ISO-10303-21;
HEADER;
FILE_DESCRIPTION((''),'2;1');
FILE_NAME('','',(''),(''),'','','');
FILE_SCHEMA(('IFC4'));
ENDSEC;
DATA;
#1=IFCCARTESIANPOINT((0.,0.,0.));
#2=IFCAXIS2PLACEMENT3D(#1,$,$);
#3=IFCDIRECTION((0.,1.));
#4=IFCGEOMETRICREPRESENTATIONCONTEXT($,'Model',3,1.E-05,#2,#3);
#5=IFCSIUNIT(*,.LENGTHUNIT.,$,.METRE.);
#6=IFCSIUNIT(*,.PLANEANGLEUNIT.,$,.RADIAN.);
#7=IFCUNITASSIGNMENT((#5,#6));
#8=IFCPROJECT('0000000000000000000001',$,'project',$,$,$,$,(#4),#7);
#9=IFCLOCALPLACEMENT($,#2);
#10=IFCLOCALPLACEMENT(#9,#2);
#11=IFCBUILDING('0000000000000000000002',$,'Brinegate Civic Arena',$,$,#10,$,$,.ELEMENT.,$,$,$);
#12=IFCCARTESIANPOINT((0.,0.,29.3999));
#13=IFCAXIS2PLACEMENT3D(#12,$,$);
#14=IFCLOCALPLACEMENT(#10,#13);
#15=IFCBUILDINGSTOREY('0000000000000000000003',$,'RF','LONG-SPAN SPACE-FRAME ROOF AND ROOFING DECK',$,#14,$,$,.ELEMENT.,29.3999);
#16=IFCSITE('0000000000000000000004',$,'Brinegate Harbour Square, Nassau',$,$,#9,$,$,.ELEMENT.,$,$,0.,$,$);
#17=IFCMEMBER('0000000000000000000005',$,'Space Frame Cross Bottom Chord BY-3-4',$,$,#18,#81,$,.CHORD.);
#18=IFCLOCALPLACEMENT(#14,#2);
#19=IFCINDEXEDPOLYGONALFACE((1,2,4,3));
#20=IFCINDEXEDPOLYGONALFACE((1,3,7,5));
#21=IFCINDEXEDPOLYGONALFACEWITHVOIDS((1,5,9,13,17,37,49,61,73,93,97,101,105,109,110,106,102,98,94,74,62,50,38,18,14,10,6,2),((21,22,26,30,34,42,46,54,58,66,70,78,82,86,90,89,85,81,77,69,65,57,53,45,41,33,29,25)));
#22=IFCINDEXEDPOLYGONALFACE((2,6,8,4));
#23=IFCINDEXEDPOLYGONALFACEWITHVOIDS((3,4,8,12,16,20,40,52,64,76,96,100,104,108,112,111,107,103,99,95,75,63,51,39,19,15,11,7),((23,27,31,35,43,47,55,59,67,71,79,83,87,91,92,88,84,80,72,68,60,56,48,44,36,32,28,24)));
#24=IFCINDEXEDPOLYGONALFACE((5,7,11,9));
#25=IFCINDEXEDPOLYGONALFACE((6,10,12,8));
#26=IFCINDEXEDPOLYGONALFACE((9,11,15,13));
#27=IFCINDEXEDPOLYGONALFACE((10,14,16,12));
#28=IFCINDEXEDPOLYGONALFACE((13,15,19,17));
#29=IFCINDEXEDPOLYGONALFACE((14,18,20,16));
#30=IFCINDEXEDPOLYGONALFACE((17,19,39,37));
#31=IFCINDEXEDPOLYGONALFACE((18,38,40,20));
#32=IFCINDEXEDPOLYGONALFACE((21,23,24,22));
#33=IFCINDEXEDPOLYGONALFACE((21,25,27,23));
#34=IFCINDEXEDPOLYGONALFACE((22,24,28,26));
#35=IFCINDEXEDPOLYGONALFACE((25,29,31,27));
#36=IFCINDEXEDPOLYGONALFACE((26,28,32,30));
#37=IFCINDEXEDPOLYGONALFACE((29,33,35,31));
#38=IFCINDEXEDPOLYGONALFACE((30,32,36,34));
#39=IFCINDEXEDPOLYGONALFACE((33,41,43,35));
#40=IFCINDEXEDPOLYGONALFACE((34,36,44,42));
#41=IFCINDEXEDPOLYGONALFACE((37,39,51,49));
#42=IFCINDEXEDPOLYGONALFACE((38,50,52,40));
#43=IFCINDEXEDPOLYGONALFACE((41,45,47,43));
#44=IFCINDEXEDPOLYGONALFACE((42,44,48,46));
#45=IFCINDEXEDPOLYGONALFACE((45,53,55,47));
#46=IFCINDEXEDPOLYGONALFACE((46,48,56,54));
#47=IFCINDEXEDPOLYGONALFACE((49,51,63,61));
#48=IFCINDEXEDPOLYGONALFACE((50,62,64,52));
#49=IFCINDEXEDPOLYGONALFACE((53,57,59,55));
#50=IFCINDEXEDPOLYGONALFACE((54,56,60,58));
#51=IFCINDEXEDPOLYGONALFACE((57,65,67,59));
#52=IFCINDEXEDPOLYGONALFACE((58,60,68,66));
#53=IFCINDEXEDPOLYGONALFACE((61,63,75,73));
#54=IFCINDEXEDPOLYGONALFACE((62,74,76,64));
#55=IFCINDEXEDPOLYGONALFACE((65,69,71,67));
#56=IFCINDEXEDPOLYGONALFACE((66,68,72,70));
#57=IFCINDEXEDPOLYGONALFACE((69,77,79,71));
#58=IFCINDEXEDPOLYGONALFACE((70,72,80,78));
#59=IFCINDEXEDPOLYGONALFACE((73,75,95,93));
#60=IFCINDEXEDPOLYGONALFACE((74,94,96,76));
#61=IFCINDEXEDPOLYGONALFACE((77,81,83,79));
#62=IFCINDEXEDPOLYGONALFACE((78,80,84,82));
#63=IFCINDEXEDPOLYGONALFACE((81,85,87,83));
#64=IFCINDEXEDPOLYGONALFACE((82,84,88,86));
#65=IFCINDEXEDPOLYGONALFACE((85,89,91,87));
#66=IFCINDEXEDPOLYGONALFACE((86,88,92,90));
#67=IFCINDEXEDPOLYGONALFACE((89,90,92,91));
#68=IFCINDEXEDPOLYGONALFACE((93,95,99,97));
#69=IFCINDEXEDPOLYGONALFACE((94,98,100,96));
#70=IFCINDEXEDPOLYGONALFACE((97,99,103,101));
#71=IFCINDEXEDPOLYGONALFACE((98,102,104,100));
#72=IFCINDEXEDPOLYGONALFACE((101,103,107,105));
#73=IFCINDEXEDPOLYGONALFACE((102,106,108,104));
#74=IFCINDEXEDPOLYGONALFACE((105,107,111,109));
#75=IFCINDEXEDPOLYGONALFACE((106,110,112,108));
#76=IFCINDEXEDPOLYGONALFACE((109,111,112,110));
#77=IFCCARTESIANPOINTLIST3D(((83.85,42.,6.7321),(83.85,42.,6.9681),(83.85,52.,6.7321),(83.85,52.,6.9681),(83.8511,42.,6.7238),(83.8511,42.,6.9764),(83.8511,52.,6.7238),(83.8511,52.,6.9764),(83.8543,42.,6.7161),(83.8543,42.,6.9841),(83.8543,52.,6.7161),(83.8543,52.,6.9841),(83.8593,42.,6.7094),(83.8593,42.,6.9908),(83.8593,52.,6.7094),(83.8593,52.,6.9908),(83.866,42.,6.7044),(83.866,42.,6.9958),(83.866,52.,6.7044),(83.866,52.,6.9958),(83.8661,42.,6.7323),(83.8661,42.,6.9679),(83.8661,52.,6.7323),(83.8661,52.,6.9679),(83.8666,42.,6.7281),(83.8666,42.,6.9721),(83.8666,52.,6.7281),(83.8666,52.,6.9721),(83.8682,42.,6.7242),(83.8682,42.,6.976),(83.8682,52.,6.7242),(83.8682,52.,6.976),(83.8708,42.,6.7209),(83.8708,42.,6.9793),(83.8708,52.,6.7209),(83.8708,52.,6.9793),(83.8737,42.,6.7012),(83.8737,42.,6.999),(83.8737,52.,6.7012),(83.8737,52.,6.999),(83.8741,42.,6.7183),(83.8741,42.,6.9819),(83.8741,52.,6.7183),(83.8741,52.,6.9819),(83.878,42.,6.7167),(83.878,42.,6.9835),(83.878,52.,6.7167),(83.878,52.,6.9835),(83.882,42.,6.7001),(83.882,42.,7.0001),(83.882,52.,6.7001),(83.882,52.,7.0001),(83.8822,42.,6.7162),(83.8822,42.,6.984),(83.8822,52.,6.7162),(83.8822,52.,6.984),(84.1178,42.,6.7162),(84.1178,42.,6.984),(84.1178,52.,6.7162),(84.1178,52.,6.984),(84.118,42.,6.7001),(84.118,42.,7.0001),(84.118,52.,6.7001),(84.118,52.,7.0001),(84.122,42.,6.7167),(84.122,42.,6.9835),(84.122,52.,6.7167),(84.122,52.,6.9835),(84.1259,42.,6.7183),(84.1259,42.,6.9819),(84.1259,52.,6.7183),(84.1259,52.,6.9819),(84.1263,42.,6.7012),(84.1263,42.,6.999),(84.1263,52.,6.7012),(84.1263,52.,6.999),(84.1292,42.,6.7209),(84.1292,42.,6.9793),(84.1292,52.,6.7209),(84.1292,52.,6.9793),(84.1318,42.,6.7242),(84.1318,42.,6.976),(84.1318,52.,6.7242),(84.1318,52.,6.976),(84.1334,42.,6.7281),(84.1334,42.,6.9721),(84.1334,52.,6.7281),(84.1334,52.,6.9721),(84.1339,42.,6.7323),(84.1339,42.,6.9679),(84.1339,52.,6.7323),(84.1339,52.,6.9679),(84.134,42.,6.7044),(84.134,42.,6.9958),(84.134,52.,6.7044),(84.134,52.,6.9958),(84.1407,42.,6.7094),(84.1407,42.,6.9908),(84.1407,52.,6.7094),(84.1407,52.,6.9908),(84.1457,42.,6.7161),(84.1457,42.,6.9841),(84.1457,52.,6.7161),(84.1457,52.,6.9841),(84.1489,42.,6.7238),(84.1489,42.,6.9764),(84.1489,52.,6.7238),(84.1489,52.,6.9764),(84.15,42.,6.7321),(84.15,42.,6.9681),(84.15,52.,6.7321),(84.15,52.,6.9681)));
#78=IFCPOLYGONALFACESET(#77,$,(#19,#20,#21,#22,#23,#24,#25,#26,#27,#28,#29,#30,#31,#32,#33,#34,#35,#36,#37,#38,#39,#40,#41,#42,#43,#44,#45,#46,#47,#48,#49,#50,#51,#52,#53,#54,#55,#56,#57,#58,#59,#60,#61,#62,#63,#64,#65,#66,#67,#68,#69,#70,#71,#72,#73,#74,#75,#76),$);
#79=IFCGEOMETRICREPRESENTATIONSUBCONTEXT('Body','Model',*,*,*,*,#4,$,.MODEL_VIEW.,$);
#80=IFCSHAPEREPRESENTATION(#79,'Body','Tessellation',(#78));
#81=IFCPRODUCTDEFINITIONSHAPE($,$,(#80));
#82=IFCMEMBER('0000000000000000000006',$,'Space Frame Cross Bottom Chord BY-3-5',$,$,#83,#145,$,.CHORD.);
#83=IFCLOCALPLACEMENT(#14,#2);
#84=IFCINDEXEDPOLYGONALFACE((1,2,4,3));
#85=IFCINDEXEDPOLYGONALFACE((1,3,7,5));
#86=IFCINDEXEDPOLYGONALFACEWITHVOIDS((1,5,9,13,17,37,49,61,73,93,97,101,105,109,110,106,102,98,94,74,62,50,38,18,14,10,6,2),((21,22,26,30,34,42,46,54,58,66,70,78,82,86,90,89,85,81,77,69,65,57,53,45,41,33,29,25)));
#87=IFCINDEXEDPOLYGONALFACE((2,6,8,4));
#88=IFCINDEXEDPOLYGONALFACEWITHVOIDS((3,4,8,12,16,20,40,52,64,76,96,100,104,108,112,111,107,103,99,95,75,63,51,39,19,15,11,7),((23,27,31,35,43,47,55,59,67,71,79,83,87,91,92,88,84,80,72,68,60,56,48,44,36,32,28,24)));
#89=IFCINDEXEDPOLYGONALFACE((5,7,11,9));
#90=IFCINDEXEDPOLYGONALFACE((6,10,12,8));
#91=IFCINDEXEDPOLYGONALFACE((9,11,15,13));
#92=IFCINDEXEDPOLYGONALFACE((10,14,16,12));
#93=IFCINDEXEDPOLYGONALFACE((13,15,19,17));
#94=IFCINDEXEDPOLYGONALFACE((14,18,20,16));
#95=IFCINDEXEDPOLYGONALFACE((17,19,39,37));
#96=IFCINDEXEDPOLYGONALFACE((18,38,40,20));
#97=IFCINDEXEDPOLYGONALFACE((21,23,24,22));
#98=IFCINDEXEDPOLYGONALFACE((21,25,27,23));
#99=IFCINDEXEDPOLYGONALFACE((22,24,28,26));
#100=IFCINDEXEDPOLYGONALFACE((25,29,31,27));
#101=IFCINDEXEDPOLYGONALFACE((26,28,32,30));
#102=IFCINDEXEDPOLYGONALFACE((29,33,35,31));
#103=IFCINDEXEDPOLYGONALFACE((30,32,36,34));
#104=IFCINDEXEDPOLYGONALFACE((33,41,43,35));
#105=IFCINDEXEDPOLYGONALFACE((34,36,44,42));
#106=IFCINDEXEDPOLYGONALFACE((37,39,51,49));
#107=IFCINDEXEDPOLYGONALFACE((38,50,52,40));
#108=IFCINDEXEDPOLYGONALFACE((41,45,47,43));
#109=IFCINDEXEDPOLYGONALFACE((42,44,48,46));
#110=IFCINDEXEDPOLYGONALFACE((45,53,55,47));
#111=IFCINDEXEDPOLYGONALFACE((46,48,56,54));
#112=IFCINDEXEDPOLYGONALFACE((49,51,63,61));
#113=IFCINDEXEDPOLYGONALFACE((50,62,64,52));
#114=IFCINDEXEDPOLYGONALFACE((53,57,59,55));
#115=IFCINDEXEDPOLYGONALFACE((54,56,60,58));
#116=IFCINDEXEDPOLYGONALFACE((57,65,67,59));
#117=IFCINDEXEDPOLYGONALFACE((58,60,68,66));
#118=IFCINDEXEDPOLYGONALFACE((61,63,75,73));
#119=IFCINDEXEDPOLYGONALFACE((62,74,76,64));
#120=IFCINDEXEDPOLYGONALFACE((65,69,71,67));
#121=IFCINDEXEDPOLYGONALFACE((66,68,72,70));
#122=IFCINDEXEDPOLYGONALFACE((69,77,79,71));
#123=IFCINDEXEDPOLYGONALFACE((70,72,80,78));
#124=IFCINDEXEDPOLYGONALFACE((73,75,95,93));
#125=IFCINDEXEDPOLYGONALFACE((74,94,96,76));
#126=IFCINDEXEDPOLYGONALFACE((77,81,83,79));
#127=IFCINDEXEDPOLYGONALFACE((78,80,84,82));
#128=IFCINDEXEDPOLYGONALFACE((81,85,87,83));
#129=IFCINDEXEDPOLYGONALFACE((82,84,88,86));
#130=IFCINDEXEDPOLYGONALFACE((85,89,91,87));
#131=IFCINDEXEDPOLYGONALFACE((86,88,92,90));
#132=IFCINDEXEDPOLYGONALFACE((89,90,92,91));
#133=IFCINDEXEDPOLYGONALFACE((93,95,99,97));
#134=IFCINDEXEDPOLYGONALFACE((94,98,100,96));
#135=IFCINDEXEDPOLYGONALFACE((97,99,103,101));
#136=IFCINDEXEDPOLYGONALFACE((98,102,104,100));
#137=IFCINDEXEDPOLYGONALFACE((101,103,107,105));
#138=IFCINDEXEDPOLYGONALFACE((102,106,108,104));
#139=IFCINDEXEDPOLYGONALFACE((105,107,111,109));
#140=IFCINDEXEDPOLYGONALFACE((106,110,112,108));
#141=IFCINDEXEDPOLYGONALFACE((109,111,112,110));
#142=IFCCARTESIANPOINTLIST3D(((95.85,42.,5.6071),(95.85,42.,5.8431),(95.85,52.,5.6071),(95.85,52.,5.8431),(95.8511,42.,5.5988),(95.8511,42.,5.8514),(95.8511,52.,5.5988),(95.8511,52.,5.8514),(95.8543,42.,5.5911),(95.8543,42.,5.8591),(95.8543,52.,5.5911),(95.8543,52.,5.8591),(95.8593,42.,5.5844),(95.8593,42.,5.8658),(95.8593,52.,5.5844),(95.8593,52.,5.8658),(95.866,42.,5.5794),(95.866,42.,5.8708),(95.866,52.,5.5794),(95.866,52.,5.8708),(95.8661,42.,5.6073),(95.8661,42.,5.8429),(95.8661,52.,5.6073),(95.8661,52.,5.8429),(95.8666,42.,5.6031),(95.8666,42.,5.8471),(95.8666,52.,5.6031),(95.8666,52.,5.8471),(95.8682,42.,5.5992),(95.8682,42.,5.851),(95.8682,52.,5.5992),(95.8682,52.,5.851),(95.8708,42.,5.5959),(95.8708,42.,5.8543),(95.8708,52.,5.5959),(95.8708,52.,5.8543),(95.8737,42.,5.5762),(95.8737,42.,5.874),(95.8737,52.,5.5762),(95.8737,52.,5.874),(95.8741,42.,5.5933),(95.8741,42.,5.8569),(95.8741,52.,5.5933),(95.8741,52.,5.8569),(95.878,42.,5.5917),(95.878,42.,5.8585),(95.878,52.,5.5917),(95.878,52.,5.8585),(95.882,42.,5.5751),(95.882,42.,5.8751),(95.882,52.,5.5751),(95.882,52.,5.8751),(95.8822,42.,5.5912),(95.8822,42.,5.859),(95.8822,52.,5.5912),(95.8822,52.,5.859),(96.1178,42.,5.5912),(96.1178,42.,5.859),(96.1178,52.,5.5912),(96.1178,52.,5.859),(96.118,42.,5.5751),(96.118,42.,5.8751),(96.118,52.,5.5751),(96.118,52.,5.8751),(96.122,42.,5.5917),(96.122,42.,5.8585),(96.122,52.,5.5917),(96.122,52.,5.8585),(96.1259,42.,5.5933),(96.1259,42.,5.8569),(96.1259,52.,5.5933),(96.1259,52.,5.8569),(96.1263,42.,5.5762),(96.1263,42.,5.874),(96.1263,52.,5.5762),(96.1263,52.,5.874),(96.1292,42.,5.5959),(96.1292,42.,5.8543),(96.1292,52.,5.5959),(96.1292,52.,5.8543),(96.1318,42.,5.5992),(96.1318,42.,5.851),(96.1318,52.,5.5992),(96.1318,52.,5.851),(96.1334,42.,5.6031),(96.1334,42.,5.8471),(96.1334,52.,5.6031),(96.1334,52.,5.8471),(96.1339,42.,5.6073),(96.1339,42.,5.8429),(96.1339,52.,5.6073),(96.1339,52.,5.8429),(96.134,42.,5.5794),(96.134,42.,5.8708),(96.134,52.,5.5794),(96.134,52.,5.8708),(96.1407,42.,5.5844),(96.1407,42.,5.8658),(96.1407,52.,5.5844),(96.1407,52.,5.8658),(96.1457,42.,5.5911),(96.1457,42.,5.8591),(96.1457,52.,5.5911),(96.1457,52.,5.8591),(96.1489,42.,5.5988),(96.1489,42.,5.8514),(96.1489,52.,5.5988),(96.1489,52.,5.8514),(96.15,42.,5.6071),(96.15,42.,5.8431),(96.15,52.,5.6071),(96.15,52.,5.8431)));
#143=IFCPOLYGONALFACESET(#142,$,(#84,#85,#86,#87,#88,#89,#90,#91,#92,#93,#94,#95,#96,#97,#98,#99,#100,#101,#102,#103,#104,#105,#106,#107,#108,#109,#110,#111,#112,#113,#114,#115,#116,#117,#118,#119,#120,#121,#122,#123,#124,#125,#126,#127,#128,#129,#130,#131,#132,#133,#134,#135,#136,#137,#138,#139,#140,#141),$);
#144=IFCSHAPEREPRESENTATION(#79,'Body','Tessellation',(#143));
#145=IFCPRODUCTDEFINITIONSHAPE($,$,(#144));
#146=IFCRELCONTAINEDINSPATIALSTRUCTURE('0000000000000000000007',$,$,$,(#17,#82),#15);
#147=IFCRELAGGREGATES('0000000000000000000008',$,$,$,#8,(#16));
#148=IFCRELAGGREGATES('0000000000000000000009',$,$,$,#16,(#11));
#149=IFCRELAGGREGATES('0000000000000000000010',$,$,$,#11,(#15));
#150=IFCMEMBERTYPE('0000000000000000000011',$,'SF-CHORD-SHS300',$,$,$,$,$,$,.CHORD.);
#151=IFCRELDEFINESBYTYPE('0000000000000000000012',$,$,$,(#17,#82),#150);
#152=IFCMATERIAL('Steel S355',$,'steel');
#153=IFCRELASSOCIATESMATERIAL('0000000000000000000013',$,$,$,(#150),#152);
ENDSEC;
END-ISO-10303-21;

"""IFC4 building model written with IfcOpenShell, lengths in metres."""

from ifc_helpers import new_model, si_unit, direction, frame, origin, origin_2d, place, context, subcontext, project, spatial, hollow_rectangle, extrude, material, material_profile, profile_set, type_object, element, save


model = new_model("IFC4")

# Units and contexts
model_context = context("Model", 3, precision=1e-05, world=origin(), true_north=direction((0.0, 1.0)))
body_context = subcontext(model_context, "Body", "Model", "MODEL_VIEW")
ifc_project = project(units=[si_unit("LENGTHUNIT", "METRE"), si_unit("PLANEANGLEUNIT", "RADIAN")], contexts=[model_context])

# Site, building, storey
site_placement = place(None, origin())
site = spatial("IfcSite", under=ifc_project, at=site_placement, Name="Brinegate Harbour Square, Nassau", CompositionType="ELEMENT", RefElevation=0.0)
building_placement = place(site_placement, origin())
building = spatial("IfcBuilding", under=site, at=building_placement, Name="Brinegate Civic Arena", CompositionType="ELEMENT")
storey_placement = place(building_placement, frame((0.0, 0.0, 29.3999)))
storey = spatial("IfcBuildingStorey", under=building, at=storey_placement, Name="RF", Description="LONG-SPAN SPACE-FRAME ROOF AND ROOFING DECK", CompositionType="ELEMENT", Elevation=29.3999)

# Members
ifc_material = material(Name="Steel S355", Category="steel")
ifc_material_profile_1 = material_profile(ifc_material, hollow_rectangle(XDim=0.3, YDim=0.3, WallThickness=0.0161, InnerFilletRadius=0.0161, OuterFilletRadius=0.032, at=origin_2d()), Name="SHS300X16")
ifc_profile_set_1 = profile_set([ifc_material_profile_1], Name="Steel S355")
member_type_1 = type_object("IfcMemberType", Name="SF-CHORD-SHS300", PredefinedType="CHORD", material=ifc_profile_set_1)
for number, where, z_axis, x_axis, name in (
    (1, (84.0, 42.0, 6.8501), (0.0, 1.0, 0.0), (-1.0, 0.0, 0.0), "Space Frame Cross Bottom Chord BY-3-4"),
    (2, (96.0, 42.0, 5.7251), (0.0, 1.0, 0.0), (-1.0, 0.0, 0.0), "Space Frame Cross Bottom Chord BY-3-5"),
):
    element("IfcMember", number, at=place(storey_placement, frame(where, z_axis=z_axis, x_axis=x_axis)), inside=storey, type_object=member_type_1, Name=name, PredefinedType="CHORD", context=body_context, shape_type="SweptSolid", body=[
        extrude(hollow_rectangle(XDim=0.3, YDim=0.3, WallThickness=0.0161, InnerFilletRadius=0.0161, OuterFilletRadius=0.032, at=origin_2d()), origin(), (0.0, 0.0, 1.0), 10.0),
    ])

save(model, "model.ifc")
